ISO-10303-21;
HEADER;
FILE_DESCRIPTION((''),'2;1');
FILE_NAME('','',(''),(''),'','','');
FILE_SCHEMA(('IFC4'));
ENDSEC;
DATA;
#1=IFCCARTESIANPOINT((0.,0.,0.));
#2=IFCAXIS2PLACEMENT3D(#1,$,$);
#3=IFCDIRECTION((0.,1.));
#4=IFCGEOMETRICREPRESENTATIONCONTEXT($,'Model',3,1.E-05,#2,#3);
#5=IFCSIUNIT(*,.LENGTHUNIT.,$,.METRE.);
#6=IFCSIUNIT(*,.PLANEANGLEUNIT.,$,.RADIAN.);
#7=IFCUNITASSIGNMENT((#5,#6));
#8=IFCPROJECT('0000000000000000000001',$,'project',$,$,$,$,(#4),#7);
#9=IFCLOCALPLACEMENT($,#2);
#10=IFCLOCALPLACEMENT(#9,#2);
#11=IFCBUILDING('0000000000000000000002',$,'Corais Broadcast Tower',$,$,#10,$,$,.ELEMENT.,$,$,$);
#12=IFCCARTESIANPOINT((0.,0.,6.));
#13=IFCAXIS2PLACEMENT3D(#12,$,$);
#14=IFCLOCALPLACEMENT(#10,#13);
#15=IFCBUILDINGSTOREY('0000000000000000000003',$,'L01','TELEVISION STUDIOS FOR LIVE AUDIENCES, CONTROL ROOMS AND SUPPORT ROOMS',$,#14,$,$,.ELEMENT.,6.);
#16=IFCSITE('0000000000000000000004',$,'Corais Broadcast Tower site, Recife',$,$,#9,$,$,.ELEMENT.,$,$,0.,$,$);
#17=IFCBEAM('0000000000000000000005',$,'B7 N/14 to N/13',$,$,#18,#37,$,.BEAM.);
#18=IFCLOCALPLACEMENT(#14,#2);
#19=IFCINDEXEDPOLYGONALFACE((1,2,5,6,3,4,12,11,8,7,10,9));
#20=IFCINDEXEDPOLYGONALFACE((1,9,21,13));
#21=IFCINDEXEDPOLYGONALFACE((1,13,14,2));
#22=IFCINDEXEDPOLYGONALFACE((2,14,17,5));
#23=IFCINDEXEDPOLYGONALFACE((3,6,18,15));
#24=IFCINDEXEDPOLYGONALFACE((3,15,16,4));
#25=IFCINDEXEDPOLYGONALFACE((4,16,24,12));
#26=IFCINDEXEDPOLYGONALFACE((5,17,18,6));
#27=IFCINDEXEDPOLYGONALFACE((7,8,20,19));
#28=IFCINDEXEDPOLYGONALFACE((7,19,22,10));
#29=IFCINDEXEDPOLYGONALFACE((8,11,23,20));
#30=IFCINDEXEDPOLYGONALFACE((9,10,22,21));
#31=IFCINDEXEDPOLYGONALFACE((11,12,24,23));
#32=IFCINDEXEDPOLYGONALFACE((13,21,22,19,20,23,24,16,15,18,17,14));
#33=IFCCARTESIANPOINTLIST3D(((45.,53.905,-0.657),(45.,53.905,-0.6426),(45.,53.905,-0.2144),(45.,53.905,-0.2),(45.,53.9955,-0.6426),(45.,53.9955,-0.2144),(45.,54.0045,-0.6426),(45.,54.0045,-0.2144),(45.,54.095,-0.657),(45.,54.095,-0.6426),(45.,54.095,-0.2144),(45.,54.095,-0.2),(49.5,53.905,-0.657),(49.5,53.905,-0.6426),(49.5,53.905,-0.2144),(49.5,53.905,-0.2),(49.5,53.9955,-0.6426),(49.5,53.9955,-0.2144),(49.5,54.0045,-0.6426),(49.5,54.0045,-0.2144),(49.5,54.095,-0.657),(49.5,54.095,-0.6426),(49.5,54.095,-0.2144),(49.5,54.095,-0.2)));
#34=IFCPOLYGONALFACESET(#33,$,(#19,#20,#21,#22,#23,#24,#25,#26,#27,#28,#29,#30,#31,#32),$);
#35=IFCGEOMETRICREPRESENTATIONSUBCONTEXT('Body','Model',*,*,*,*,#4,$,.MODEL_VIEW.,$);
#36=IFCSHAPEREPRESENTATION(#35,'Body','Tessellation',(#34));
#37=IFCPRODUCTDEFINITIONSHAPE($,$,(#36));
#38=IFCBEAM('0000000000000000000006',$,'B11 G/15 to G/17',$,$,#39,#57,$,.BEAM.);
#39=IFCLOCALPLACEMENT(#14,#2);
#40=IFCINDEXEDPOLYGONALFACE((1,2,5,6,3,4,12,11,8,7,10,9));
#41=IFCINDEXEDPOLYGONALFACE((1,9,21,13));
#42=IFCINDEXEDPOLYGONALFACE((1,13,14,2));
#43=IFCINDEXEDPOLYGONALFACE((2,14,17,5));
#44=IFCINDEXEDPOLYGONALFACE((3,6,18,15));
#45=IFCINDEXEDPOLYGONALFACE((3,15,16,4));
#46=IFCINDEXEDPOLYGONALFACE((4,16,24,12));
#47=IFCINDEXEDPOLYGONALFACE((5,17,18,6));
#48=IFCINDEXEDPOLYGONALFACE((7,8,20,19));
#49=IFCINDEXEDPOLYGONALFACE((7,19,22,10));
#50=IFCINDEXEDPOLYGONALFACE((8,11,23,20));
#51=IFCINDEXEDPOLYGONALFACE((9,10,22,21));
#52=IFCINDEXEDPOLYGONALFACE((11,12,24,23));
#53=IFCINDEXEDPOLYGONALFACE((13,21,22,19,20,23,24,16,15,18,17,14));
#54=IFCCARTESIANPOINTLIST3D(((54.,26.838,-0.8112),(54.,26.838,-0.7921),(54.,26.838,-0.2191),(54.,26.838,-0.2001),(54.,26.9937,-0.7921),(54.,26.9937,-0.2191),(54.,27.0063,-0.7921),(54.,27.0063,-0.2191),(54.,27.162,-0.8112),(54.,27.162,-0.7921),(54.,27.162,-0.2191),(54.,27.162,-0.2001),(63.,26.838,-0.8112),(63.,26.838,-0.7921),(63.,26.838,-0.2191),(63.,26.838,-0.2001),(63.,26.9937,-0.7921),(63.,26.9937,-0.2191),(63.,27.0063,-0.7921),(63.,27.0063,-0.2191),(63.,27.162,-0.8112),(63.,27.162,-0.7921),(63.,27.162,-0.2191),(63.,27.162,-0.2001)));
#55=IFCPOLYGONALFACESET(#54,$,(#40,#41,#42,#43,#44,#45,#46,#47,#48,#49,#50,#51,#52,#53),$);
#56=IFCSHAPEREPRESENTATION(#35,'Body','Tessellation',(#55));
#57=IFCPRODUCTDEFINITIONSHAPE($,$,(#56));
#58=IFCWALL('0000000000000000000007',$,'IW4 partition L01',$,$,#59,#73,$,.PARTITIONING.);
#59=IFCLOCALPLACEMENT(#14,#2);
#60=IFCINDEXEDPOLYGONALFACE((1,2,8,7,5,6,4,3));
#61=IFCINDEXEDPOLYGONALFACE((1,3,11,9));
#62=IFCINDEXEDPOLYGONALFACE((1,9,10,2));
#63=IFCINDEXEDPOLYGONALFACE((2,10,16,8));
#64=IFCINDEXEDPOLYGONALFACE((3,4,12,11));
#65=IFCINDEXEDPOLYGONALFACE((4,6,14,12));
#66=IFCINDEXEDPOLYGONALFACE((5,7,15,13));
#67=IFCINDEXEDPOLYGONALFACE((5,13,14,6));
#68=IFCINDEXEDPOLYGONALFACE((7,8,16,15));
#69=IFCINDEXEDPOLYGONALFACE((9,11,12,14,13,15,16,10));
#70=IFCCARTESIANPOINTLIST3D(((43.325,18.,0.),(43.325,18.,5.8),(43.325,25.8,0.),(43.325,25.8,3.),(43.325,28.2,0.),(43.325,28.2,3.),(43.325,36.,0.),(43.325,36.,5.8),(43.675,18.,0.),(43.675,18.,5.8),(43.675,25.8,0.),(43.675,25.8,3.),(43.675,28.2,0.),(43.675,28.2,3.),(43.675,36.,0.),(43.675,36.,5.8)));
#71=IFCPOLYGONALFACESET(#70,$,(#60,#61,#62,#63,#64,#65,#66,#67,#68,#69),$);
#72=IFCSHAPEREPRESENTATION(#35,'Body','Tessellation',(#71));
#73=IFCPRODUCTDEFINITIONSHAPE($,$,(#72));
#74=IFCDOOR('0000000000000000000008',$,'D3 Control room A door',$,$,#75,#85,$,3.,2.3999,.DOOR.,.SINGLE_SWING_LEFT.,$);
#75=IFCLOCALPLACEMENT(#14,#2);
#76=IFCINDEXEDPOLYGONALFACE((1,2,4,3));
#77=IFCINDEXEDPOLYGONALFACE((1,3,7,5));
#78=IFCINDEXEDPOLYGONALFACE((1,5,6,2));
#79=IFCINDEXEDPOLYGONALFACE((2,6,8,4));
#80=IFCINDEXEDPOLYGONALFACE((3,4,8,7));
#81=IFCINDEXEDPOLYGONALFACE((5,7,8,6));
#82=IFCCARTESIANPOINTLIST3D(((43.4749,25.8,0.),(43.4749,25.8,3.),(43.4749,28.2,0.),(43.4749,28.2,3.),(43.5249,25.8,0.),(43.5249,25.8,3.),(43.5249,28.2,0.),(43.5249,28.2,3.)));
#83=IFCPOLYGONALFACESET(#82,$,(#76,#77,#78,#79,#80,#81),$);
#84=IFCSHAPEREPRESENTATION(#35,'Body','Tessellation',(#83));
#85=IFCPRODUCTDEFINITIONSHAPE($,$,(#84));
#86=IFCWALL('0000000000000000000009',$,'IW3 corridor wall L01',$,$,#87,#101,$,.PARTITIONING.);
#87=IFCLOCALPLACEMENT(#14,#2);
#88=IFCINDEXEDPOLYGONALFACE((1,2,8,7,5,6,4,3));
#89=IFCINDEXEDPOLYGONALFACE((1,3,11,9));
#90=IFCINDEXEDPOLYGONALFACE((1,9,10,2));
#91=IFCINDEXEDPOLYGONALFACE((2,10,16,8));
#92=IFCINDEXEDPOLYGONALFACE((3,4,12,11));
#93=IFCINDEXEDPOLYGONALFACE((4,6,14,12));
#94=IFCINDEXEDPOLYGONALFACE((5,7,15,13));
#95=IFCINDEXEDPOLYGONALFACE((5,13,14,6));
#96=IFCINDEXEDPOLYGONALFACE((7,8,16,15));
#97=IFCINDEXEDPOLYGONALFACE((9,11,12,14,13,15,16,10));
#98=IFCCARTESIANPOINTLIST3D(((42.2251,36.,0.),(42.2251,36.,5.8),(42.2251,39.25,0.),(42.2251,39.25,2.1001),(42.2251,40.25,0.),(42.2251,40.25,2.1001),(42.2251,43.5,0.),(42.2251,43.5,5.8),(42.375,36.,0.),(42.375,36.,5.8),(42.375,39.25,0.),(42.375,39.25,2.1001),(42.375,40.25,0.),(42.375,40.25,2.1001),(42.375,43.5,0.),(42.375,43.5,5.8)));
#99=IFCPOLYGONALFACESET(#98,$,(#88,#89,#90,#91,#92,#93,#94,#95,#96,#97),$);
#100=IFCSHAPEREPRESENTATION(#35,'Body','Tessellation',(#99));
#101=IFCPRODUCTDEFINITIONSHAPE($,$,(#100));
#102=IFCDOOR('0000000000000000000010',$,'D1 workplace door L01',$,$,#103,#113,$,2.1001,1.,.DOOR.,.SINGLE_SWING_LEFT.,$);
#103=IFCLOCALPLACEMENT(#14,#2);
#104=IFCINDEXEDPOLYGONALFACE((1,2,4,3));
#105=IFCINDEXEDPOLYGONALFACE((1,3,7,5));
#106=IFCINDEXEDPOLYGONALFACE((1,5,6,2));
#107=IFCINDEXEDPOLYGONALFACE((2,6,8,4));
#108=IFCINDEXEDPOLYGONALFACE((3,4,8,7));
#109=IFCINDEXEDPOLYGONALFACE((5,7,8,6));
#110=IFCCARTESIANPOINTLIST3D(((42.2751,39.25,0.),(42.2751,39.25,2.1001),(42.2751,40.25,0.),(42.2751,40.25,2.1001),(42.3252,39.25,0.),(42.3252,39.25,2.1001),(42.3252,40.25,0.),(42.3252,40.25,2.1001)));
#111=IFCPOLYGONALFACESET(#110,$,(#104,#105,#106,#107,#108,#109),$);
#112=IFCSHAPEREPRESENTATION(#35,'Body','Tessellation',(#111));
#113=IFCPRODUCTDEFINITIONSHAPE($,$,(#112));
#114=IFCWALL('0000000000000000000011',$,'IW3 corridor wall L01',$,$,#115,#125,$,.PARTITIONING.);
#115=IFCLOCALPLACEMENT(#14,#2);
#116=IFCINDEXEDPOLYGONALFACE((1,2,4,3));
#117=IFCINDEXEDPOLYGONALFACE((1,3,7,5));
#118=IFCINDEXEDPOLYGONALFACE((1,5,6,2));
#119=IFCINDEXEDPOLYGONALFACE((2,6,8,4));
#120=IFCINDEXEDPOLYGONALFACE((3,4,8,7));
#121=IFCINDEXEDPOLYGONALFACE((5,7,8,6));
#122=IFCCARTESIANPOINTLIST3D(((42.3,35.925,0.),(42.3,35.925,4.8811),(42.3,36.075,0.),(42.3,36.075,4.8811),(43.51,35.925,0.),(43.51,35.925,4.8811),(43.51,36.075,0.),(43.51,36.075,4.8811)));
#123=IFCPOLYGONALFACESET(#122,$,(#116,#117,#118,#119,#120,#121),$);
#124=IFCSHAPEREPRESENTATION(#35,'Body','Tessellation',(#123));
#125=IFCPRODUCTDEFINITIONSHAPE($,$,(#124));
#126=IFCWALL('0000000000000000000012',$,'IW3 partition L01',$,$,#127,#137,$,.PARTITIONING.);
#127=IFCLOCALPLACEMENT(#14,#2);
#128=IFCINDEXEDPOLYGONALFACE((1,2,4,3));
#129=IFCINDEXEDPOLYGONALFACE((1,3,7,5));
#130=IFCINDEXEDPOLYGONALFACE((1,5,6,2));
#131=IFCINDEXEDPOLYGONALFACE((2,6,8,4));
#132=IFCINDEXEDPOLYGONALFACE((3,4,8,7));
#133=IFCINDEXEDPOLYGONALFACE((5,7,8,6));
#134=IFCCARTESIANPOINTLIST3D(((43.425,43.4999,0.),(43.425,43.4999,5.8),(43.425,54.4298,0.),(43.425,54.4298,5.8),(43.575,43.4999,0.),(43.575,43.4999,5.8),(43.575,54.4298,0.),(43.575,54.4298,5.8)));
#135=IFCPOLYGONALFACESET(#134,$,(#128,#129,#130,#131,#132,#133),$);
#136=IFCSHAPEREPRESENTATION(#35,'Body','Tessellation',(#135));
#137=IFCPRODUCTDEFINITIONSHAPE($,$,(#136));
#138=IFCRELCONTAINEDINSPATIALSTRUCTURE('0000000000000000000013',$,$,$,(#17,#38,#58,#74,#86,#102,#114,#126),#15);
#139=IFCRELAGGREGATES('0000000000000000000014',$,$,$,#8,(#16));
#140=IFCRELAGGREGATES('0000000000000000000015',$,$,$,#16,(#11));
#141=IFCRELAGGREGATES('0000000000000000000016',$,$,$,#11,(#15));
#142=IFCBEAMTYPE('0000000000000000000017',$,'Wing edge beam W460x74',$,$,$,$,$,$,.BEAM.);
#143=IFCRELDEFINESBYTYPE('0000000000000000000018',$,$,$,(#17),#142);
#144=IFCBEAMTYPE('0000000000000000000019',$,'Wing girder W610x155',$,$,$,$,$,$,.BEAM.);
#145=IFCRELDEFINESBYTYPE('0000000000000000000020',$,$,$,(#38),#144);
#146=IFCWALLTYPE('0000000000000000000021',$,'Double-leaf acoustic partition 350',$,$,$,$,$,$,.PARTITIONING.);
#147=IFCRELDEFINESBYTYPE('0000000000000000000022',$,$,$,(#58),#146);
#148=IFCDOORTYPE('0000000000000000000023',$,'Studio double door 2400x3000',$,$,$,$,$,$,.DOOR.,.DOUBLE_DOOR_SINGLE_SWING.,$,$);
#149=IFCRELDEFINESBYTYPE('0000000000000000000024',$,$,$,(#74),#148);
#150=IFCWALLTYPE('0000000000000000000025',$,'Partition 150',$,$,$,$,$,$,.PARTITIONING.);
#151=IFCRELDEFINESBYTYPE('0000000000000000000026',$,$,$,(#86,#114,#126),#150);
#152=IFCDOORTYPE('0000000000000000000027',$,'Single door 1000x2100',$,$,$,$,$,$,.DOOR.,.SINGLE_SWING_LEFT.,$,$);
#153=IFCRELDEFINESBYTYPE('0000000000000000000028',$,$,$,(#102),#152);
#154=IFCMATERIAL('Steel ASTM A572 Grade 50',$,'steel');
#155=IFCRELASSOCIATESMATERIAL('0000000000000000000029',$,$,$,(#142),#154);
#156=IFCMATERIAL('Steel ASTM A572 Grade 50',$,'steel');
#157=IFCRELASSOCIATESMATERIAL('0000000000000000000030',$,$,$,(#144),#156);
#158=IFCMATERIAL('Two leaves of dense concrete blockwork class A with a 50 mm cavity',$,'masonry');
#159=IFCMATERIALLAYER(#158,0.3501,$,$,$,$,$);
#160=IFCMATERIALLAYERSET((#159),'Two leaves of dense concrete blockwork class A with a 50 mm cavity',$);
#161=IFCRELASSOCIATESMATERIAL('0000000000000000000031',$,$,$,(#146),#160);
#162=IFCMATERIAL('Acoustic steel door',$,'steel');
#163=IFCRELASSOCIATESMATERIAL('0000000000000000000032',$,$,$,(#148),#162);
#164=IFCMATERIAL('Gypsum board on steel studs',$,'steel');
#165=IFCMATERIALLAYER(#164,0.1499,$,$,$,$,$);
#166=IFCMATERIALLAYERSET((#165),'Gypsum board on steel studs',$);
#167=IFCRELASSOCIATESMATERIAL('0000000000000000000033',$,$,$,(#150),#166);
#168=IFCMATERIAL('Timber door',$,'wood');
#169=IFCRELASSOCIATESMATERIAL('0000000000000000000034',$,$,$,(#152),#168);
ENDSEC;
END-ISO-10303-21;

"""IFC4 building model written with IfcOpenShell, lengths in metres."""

from ifc_helpers import new_model, si_unit, direction, frame, frame_2d, origin, origin_2d, place, context, subcontext, project, spatial, rectangle, i_section, extrude, material, layer, layer_set, material_profile, profile_set, type_object, element, fill, save


model = new_model("IFC4")

# Units and contexts
model_context = context("Model", 3, precision=1e-05, world=origin(), true_north=direction((0.0, 1.0)))
body_context = subcontext(model_context, "Body", "Model", "MODEL_VIEW")
ifc_project = project(units=[si_unit("LENGTHUNIT", "METRE"), si_unit("PLANEANGLEUNIT", "RADIAN")], contexts=[model_context])

# Site, building, storey
site_placement = place(None, origin())
site = spatial("IfcSite", under=ifc_project, at=site_placement, Name="Corais Broadcast Tower site, Recife", CompositionType="ELEMENT", RefElevation=0.0)
building_placement = place(site_placement, origin())
building = spatial("IfcBuilding", under=site, at=building_placement, Name="Corais Broadcast Tower", CompositionType="ELEMENT")
storey_placement = place(building_placement, frame((0.0, 0.0, 6.0)))
storey = spatial("IfcBuildingStorey", under=building, at=storey_placement, Name="L01", Description="TELEVISION STUDIOS FOR LIVE AUDIENCES, CONTROL ROOMS AND SUPPORT ROOMS", CompositionType="ELEMENT", Elevation=6.0)

# Beams
ifc_material_1 = material(Name="Steel ASTM A572 Grade 50", Category="steel")
ifc_material_profile_1 = material_profile(ifc_material_1, i_section(OverallWidth=0.1899, OverallDepth=0.457, WebThickness=0.009, FlangeThickness=0.0144, at=origin_2d()), Name="W460x74")
ifc_profile_set_1 = profile_set([ifc_material_profile_1], Name="Steel ASTM A572 Grade 50")
beam_type_1 = type_object("IfcBeamType", Name="Wing edge beam W460x74", PredefinedType="BEAM", material=ifc_profile_set_1)
beam_1_placement = place(storey_placement, frame((49.5, 54.0, -0.4285), z_axis=(-1.0, 0.0, 0.0), x_axis=(0.0, -1.0, 0.0)))
element("IfcBeam", 1, at=beam_1_placement, inside=storey, type_object=beam_type_1, Name="B7 N/14 to N/13", PredefinedType="BEAM", context=body_context, shape_type="SweptSolid", body=[
    extrude(i_section(OverallWidth=0.1899, OverallDepth=0.457, WebThickness=0.009, FlangeThickness=0.0144, at=origin_2d()), origin(), (0.0, 0.0, 1.0), 4.5),
])
ifc_material_2 = material(Name="Steel ASTM A572 Grade 50", Category="steel")
ifc_material_profile_2 = material_profile(ifc_material_2, i_section(OverallWidth=0.324, OverallDepth=0.6111, WebThickness=0.0127, FlangeThickness=0.019, at=origin_2d()), Name="W610x155")
ifc_profile_set_2 = profile_set([ifc_material_profile_2], Name="Steel ASTM A572 Grade 50")
beam_type_2 = type_object("IfcBeamType", Name="Wing girder W610x155", PredefinedType="BEAM", material=ifc_profile_set_2)
beam_2_placement = place(storey_placement, frame((54.0, 27.0, -0.5056), z_axis=(1.0, 0.0, 0.0), x_axis=(0.0, 1.0, 0.0)))
element("IfcBeam", 2, at=beam_2_placement, inside=storey, type_object=beam_type_2, Name="B11 G/15 to G/17", PredefinedType="BEAM", context=body_context, shape_type="SweptSolid", body=[
    extrude(i_section(OverallWidth=0.324, OverallDepth=0.6111, WebThickness=0.0127, FlangeThickness=0.019, at=origin_2d()), origin(), (0.0, 0.0, 1.0), 9.0),
])

# Walls, openings, doors
ifc_material_3 = material(Name="Two leaves of dense concrete blockwork class A with a 50 mm cavity", Category="masonry")
ifc_layer_1 = layer(ifc_material_3, 0.3501)
ifc_layer_set_1 = layer_set([ifc_layer_1], Name="Two leaves of dense concrete blockwork class A with a 50 mm cavity")
wall_type_1 = type_object("IfcWallType", Name="Double-leaf acoustic partition 350", PredefinedType="PARTITIONING", material=ifc_layer_set_1)
wall_1_placement = place(storey_placement, frame((43.5, 36.0, 0.0), z_axis=(0.0, 0.0, 1.0), x_axis=(0.0, -1.0, 0.0)))
wall_1 = element("IfcWall", 3, at=wall_1_placement, inside=storey, type_object=wall_type_1, Name="IW4 partition L01", PredefinedType="PARTITIONING", context=body_context, shape_type="SweptSolid", body=[
    extrude(rectangle(XDim=18.0, YDim=0.3501, at=frame_2d((9.0, 0.0))), origin(), (0.0, 0.0, 1.0), 5.8),
])
opening_1_placement = place(wall_1_placement, frame((7.8, 0.0, 0.0)))
opening_1 = element("IfcOpeningElement", 4, at=opening_1_placement, cuts=wall_1, PredefinedType="OPENING", context=body_context, shape_type="SweptSolid", body=[
    extrude(rectangle(XDim=2.3999, YDim=3.0, at=frame_2d((1.2, 1.5))), frame((0.0, 0.1851, 0.0), z_axis=(0.0, -1.0, 0.0), x_axis=(1.0, 0.0, 0.0)), (0.0, 0.0, 1.0), 0.3701),
])
ifc_material_4 = material(Name="Acoustic steel door", Category="steel")
door_type_1 = type_object("IfcDoorType", Name="Studio double door 2400x3000", OperationType="DOUBLE_DOOR_SINGLE_SWING", PredefinedType="DOOR", material=ifc_material_4)
door_1_placement = place(opening_1_placement, origin())
door_1 = element("IfcDoor", 5, at=door_1_placement, inside=storey, type_object=door_type_1, Name="D3 Control room A door", OperationType="SINGLE_SWING_LEFT", OverallHeight=3.0, OverallWidth=2.3999, PredefinedType="DOOR", context=body_context, shape_type="SweptSolid", body=[
    extrude(rectangle(XDim=2.3999, YDim=3.0, at=frame_2d((1.2, 1.5))), frame((0.0, 0.0249, 0.0), z_axis=(0.0, -1.0, 0.0), x_axis=(1.0, 0.0, 0.0)), (0.0, 0.0, 1.0), 0.05),
])
fill(opening_1, door_1)
ifc_material_5 = material(Name="Gypsum board on steel studs", Category="steel")
ifc_layer_2 = layer(ifc_material_5, 0.1499)
ifc_layer_set_2 = layer_set([ifc_layer_2], Name="Gypsum board on steel studs")
wall_type_2 = type_object("IfcWallType", Name="Partition 150", PredefinedType="PARTITIONING", material=ifc_layer_set_2)
wall_2_placement = place(storey_placement, frame((42.3, 36.0, 0.0), z_axis=(0.0, 0.0, 1.0), x_axis=(0.0, 1.0, 0.0)))
wall_2 = element("IfcWall", 6, at=wall_2_placement, inside=storey, type_object=wall_type_2, Name="IW3 corridor wall L01", PredefinedType="PARTITIONING", context=body_context, shape_type="SweptSolid", body=[
    extrude(rectangle(XDim=7.5, YDim=0.1499, at=frame_2d((3.75, 0.0))), origin(), (0.0, 0.0, 1.0), 5.8),
])
opening_2_placement = place(wall_2_placement, frame((3.25, 0.0, 0.0)))
opening_2 = element("IfcOpeningElement", 7, at=opening_2_placement, cuts=wall_2, PredefinedType="OPENING", context=body_context, shape_type="SweptSolid", body=[
    extrude(rectangle(XDim=1.0, YDim=2.1001, at=frame_2d((0.5, 1.05))), frame((0.0, 0.085, 0.0), z_axis=(0.0, -1.0, 0.0), x_axis=(1.0, 0.0, 0.0)), (0.0, 0.0, 1.0), 0.1699),
])
ifc_material_6 = material(Name="Timber door", Category="wood")
door_type_2 = type_object("IfcDoorType", Name="Single door 1000x2100", OperationType="SINGLE_SWING_LEFT", PredefinedType="DOOR", material=ifc_material_6)
door_2_placement = place(opening_2_placement, origin())
door_2 = element("IfcDoor", 8, at=door_2_placement, inside=storey, type_object=door_type_2, Name="D1 workplace door L01", OperationType="SINGLE_SWING_LEFT", OverallHeight=2.1001, OverallWidth=1.0, PredefinedType="DOOR", context=body_context, shape_type="SweptSolid", body=[
    extrude(rectangle(XDim=1.0, YDim=2.1001, at=frame_2d((0.5, 1.05))), frame((0.0, 0.0249, 0.0), z_axis=(0.0, -1.0, 0.0), x_axis=(1.0, 0.0, 0.0)), (0.0, 0.0, 1.0), 0.05),
])
fill(opening_2, door_2)

# Walls
wall_3_placement = place(storey_placement, frame((43.51, 36.0, 0.0), z_axis=(0.0, 0.0, 1.0), x_axis=(-1.0, 0.0, 0.0)))
element("IfcWall", 9, at=wall_3_placement, inside=storey, type_object=wall_type_2, Name="IW3 corridor wall L01", PredefinedType="PARTITIONING", context=body_context, shape_type="SweptSolid", body=[
    extrude(rectangle(XDim=1.21, YDim=0.1499, at=frame_2d((0.605, 0.0))), origin(), (0.0, 0.0, 1.0), 4.8811),
])
wall_4_placement = place(storey_placement, frame((43.5, 43.5, 0.0), z_axis=(0.0, 0.0, 1.0), x_axis=(0.0, 1.0, 0.0)))
element("IfcWall", 10, at=wall_4_placement, inside=storey, type_object=wall_type_2, Name="IW3 partition L01", PredefinedType="PARTITIONING", context=body_context, shape_type="SweptSolid", body=[
    extrude(rectangle(XDim=10.9299, YDim=0.1499, at=frame_2d((5.4648, 0.0))), origin(), (0.0, 0.0, 1.0), 5.8),
])

save(model, "model.ifc")
